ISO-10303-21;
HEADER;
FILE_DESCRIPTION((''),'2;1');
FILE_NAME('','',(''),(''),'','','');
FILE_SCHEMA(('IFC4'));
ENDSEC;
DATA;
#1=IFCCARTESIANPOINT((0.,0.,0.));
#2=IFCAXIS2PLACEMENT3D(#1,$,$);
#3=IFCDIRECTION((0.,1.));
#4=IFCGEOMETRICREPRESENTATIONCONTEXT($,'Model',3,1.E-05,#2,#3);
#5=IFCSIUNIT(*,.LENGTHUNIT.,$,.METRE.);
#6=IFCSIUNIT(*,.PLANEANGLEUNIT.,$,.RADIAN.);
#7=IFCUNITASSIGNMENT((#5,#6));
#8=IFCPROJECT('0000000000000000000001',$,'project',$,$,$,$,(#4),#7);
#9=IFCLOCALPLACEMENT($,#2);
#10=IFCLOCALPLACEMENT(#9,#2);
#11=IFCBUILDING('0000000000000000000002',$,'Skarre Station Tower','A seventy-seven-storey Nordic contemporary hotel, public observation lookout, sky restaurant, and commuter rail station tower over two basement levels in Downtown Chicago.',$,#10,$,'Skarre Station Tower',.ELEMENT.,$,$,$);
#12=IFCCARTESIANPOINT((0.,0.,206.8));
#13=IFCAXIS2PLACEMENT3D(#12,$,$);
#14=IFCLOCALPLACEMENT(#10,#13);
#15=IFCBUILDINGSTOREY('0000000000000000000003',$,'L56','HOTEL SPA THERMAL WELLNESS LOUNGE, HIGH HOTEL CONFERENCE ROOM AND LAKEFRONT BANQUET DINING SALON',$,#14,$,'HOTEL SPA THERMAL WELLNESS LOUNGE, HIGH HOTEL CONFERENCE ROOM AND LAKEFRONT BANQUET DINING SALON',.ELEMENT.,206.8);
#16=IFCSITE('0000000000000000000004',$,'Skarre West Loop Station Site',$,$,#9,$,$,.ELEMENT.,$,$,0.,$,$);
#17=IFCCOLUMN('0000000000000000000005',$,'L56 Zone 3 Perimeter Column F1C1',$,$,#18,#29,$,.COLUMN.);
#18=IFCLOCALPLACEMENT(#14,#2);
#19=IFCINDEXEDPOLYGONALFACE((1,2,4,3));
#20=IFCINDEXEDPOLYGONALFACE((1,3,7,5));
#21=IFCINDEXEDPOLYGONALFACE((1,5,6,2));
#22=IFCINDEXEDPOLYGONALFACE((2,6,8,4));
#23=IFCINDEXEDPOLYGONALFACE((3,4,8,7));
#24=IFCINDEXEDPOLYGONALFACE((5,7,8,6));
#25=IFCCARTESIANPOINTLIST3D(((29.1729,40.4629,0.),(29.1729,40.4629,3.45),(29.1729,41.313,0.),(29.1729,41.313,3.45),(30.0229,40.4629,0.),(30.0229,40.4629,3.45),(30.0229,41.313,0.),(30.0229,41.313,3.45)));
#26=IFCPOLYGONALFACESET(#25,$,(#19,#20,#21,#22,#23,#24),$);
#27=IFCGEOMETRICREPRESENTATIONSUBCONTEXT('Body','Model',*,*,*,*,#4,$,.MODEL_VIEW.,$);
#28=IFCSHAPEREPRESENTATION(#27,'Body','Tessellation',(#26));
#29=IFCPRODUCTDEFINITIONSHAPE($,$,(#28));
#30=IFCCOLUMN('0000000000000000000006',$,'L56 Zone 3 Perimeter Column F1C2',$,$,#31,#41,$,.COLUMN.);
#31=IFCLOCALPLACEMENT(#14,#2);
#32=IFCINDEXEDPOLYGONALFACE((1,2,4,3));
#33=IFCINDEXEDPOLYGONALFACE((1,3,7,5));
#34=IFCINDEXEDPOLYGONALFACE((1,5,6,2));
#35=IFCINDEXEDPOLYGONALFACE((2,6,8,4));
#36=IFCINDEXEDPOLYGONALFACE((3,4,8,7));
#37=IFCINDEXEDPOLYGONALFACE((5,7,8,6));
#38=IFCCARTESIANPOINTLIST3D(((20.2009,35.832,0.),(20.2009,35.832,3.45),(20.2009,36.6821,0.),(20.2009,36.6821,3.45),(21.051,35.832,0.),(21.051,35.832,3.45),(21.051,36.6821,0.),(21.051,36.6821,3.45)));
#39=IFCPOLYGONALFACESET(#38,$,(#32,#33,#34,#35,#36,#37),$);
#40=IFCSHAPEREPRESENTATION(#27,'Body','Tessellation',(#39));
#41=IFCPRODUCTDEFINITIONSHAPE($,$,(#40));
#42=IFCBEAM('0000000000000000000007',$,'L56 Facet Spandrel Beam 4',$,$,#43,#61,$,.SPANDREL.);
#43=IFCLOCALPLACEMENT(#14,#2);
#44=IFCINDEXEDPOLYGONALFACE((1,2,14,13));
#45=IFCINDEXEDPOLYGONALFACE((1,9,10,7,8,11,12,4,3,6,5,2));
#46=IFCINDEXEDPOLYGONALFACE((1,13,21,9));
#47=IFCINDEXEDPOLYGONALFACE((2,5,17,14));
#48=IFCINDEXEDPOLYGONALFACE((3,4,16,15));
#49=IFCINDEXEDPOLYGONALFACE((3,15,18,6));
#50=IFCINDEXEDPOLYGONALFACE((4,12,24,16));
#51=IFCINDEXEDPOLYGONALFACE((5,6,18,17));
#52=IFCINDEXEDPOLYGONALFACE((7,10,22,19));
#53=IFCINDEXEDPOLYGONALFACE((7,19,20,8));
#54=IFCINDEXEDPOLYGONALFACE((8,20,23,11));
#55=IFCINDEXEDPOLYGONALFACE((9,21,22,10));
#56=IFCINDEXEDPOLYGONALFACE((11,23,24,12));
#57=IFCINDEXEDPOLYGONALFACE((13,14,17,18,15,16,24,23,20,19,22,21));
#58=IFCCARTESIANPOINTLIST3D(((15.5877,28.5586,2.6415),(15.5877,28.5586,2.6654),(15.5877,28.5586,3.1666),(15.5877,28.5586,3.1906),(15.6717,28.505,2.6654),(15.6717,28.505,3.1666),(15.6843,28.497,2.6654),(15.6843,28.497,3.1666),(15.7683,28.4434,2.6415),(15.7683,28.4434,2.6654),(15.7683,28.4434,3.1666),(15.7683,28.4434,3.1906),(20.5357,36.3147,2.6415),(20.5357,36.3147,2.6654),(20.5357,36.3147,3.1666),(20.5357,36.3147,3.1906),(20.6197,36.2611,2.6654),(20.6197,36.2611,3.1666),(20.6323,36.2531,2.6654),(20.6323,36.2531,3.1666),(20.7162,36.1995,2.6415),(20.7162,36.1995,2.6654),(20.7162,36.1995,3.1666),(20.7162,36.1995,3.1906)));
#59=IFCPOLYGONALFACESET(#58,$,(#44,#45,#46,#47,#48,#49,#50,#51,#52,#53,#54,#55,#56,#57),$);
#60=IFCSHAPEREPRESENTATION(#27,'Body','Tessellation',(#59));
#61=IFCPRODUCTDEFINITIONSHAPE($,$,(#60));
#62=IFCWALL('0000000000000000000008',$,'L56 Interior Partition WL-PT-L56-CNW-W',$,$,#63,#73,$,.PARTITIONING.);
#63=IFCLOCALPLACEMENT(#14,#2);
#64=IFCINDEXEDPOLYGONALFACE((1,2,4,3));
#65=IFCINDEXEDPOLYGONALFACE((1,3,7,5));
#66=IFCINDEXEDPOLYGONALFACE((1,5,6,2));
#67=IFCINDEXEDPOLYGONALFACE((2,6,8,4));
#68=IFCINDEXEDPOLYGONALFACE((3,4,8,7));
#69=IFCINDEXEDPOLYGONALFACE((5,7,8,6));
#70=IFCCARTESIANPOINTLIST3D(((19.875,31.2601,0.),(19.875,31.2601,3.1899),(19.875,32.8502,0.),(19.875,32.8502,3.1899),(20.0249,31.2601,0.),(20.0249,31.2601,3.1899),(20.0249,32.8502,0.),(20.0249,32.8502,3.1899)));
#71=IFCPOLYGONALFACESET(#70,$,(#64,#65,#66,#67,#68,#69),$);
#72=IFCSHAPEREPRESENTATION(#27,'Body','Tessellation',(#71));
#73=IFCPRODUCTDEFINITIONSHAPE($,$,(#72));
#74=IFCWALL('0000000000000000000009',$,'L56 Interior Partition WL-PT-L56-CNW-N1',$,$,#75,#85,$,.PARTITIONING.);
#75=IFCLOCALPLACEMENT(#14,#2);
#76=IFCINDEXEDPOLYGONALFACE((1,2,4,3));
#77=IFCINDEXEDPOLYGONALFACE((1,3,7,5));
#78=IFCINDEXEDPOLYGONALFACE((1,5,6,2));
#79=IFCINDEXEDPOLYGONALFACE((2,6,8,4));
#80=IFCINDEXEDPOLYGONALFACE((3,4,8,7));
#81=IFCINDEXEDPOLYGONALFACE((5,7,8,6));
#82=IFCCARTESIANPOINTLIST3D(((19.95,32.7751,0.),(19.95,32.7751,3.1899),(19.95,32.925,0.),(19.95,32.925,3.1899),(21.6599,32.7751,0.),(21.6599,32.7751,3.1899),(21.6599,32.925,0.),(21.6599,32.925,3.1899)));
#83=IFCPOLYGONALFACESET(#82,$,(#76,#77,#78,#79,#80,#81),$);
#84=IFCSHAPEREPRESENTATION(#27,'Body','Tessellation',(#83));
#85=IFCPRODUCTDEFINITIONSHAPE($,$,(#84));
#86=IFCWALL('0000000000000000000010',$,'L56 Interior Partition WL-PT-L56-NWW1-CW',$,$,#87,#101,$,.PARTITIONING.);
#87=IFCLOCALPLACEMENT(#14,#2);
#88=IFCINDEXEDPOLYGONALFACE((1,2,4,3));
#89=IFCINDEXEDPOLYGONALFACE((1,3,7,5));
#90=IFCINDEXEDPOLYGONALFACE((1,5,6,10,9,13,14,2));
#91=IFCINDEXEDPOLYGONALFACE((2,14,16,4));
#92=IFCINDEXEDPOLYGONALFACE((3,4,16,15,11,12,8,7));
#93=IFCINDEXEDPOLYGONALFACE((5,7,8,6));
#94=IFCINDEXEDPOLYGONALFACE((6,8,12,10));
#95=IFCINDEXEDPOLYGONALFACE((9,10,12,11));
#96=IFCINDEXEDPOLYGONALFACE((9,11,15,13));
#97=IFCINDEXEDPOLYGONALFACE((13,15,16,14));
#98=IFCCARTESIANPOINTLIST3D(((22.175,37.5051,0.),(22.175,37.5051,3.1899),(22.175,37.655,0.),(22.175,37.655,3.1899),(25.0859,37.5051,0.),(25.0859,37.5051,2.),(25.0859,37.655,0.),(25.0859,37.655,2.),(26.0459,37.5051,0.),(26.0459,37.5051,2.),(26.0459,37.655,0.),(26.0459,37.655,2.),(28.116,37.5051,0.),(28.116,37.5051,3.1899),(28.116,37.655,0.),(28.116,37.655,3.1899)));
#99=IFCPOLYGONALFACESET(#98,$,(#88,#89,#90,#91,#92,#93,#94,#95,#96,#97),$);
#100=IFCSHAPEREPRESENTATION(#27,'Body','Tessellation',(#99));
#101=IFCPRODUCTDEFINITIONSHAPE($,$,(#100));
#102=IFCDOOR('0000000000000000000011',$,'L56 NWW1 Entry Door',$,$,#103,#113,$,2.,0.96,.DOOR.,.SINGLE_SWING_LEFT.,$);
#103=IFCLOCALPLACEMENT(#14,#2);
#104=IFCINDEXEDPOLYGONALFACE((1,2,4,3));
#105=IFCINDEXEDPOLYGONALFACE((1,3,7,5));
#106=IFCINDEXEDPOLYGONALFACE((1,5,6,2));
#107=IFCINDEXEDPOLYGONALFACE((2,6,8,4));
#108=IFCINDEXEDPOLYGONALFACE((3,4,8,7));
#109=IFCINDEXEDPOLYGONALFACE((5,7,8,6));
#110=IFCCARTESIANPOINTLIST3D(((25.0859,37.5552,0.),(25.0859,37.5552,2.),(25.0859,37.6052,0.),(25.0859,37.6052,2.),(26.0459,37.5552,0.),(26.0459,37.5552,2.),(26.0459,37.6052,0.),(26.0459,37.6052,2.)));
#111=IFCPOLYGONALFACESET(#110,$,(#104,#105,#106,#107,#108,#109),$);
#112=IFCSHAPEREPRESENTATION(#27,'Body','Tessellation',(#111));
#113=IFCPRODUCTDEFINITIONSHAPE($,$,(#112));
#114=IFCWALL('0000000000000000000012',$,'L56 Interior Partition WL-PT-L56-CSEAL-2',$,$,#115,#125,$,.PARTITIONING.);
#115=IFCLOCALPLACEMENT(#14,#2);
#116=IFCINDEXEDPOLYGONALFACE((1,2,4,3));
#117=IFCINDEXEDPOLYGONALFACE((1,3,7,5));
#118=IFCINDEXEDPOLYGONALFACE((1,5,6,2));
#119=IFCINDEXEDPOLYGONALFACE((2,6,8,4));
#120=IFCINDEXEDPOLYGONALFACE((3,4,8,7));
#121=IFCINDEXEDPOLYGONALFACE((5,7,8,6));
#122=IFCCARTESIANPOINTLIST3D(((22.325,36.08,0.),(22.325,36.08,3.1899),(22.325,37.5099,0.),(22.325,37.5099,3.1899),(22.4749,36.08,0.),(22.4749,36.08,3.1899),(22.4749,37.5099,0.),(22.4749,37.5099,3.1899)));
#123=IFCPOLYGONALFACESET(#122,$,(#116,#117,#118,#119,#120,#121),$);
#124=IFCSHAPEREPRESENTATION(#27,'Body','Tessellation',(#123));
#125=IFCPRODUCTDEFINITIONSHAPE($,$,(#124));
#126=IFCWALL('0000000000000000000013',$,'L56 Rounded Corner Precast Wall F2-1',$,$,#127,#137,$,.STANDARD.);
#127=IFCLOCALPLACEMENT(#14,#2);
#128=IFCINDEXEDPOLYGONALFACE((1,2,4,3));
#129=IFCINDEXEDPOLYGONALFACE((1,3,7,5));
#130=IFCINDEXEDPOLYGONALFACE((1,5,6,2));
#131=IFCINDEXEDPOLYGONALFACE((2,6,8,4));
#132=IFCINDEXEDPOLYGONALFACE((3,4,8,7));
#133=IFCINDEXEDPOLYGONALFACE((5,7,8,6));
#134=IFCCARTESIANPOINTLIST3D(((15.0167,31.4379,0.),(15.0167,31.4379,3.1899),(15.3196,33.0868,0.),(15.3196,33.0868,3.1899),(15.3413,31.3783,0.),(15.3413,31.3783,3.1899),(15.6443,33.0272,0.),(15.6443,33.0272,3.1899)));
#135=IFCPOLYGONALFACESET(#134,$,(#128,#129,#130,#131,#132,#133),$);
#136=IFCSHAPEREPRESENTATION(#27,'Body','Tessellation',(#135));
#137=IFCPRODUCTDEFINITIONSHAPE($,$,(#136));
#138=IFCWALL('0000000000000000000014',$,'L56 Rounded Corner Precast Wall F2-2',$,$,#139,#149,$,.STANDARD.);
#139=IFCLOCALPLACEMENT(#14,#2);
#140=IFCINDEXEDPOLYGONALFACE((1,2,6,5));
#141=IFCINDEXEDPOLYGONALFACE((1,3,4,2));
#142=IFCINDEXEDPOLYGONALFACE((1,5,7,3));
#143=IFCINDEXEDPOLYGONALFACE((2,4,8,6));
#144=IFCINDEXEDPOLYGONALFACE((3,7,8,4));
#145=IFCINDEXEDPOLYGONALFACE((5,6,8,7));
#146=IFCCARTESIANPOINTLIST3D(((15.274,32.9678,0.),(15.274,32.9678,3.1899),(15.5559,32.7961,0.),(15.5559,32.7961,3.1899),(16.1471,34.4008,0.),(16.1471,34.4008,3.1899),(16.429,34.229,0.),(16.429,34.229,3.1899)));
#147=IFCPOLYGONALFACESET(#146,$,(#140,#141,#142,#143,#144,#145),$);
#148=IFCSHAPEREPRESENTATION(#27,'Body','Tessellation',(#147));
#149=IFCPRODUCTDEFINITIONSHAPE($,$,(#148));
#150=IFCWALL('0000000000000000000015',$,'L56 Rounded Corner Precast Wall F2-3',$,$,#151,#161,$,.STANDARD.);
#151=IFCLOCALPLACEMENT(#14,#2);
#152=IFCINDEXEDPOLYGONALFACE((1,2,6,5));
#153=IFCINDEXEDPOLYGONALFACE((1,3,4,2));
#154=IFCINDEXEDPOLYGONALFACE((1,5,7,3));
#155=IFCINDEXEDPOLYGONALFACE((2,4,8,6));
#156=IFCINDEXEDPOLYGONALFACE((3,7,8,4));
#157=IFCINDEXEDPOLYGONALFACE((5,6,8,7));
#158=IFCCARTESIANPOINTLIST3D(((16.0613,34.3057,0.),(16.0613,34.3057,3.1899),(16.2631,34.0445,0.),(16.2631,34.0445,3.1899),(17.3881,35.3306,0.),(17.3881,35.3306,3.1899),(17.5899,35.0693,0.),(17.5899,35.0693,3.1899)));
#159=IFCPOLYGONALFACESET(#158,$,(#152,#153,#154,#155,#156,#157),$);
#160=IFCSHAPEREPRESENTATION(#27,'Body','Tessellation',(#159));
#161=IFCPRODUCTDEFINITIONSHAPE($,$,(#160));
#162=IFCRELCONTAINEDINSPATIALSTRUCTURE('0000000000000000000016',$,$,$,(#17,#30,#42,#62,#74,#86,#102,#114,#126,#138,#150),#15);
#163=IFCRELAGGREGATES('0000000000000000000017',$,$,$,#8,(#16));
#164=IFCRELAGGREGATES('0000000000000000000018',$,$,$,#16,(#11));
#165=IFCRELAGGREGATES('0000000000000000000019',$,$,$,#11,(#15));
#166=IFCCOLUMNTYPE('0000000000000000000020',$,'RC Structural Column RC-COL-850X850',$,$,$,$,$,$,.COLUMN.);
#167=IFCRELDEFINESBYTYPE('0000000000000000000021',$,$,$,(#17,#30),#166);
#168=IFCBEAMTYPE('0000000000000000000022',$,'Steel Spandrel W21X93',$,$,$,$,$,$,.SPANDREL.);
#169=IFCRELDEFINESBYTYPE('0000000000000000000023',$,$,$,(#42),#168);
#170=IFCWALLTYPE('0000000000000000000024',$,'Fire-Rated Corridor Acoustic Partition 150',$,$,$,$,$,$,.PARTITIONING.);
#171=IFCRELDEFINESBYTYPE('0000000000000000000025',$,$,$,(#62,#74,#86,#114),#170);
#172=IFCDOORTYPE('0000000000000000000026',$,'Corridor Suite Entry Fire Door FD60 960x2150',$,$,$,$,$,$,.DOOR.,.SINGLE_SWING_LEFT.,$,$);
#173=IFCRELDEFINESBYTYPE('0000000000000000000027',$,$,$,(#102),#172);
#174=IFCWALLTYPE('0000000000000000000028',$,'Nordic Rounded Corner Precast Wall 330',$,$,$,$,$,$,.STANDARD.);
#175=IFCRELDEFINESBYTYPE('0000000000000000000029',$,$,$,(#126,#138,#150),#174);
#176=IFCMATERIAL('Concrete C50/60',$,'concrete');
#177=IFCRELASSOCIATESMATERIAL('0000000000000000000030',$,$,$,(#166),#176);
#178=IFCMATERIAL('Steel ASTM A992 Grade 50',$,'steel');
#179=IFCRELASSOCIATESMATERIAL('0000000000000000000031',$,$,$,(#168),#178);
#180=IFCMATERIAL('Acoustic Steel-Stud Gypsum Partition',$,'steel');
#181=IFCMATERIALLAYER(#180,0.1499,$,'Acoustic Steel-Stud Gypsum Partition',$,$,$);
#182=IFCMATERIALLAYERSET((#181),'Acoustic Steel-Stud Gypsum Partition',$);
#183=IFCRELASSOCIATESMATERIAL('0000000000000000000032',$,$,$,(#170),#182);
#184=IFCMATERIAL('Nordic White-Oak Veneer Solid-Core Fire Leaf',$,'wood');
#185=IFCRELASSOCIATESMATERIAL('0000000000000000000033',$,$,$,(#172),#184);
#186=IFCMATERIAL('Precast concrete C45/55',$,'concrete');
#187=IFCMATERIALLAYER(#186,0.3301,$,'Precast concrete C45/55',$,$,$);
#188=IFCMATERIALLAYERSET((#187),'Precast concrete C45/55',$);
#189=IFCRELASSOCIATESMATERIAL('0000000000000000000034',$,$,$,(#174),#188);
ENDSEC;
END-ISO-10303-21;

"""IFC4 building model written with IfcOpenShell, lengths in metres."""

from ifc_helpers import new_model, si_unit, direction, frame, frame_2d, origin, origin_2d, place, context, subcontext, project, spatial, rectangle, i_section, extrude, material, layer, layer_set, material_profile, profile_set, type_object, element, fill, save


model = new_model("IFC4")

# Units and contexts
model_context = context("Model", 3, precision=1e-05, world=origin(), true_north=direction((0.0, 1.0)))
body_context = subcontext(model_context, "Body", "Model", "MODEL_VIEW")
ifc_project = project(units=[si_unit("LENGTHUNIT", "METRE"), si_unit("PLANEANGLEUNIT", "RADIAN")], contexts=[model_context])

# Site, building, storey
site_placement = place(None, origin())
site = spatial("IfcSite", under=ifc_project, at=site_placement, Name="Skarre West Loop Station Site", CompositionType="ELEMENT", RefElevation=0.0)
building_placement = place(site_placement, origin())
building = spatial("IfcBuilding", under=site, at=building_placement, Name="Skarre Station Tower", Description="A seventy-seven-storey Nordic contemporary hotel, public observation lookout, sky restaurant, and commuter rail station tower over two basement levels in Downtown Chicago.", LongName="Skarre Station Tower", CompositionType="ELEMENT")
storey_placement = place(building_placement, frame((0.0, 0.0, 206.8)))
storey = spatial("IfcBuildingStorey", under=building, at=storey_placement, Name="L56", Description="HOTEL SPA THERMAL WELLNESS LOUNGE, HIGH HOTEL CONFERENCE ROOM AND LAKEFRONT BANQUET DINING SALON", LongName="HOTEL SPA THERMAL WELLNESS LOUNGE, HIGH HOTEL CONFERENCE ROOM AND LAKEFRONT BANQUET DINING SALON", CompositionType="ELEMENT", Elevation=206.8)

# Columns
ifc_material_1 = material(Name="Concrete C50/60", Category="concrete")
ifc_material_profile_1 = material_profile(ifc_material_1, rectangle(XDim=0.8501, YDim=0.8501, at=origin_2d()), Name="Concrete C50/60")
ifc_profile_set_1 = profile_set([ifc_material_profile_1], Name="Concrete C50/60")
column_type = type_object("IfcColumnType", Name="RC Structural Column RC-COL-850X850", PredefinedType="COLUMN", material=ifc_profile_set_1)
for number, where, z_axis, x_axis, name in (
    (1, (29.5979, 40.8879, 0.0), (0.0, 0.0, 1.0), (1.0, 0.0, 0.0), "L56 Zone 3 Perimeter Column F1C1"),
    (2, (20.626, 36.2571, 0.0), (0.0, 0.0, 1.0), (1.0, 0.0, 0.0), "L56 Zone 3 Perimeter Column F1C2"),
):
    element("IfcColumn", number, at=place(storey_placement, frame(where, z_axis=z_axis, x_axis=x_axis)), inside=storey, type_object=column_type, Name=name, PredefinedType="COLUMN", context=body_context, shape_type="SweptSolid", body=[
        extrude(rectangle(XDim=0.8501, YDim=0.8501, at=origin_2d()), origin(), (0.0, 0.0, 1.0), 3.45),
    ])

# Beam
ifc_material_2 = material(Name="Steel ASTM A992 Grade 50", Category="steel")
ifc_material_profile_2 = material_profile(ifc_material_2, i_section(OverallWidth=0.2141, OverallDepth=0.5491, WebThickness=0.0149, FlangeThickness=0.0239, at=origin_2d()), Name="Steel ASTM A992 Grade 50")
ifc_profile_set_2 = profile_set([ifc_material_profile_2], Name="Steel ASTM A992 Grade 50")
beam_type = type_object("IfcBeamType", Name="Steel Spandrel W21X93", PredefinedType="SPANDREL", material=ifc_profile_set_2)
beam_placement = place(storey_placement, frame((20.626, 36.2571, 2.916), z_axis=(-0.537826, -0.843056, 0.0), x_axis=(0.843056, -0.537826, 0.0)))
element("IfcBeam", 3, at=beam_placement, inside=storey, type_object=beam_type, Name="L56 Facet Spandrel Beam 4", PredefinedType="SPANDREL", context=body_context, shape_type="SweptSolid", body=[
    extrude(i_section(OverallWidth=0.2141, OverallDepth=0.5491, WebThickness=0.0149, FlangeThickness=0.0239, at=origin_2d()), origin(), (0.0, 0.0, 1.0), 9.2),
])

# Walls
ifc_material_3 = material(Name="Acoustic Steel-Stud Gypsum Partition", Category="steel")
ifc_layer_1 = layer(ifc_material_3, 0.1499, Name="Acoustic Steel-Stud Gypsum Partition")
ifc_layer_set_1 = layer_set([ifc_layer_1], Name="Acoustic Steel-Stud Gypsum Partition")
wall_type_1 = type_object("IfcWallType", Name="Fire-Rated Corridor Acoustic Partition 150", PredefinedType="PARTITIONING", material=ifc_layer_set_1)
wall_1_placement = place(storey_placement, frame((19.95, 32.8501, 0.0), z_axis=(0.0, 0.0, 1.0), x_axis=(0.0, -1.0, 0.0)))
element("IfcWall", 4, at=wall_1_placement, inside=storey, type_object=wall_type_1, Name="L56 Interior Partition WL-PT-L56-CNW-W", PredefinedType="PARTITIONING", context=body_context, shape_type="SweptSolid", body=[
    extrude(rectangle(XDim=1.5901, YDim=0.1499, at=frame_2d((0.7949, 0.0))), origin(), (0.0, 0.0, 1.0), 3.1899),
])
wall_2_placement = place(storey_placement, frame((21.6599, 32.8501, 0.0), z_axis=(0.0, 0.0, 1.0), x_axis=(-1.0, 0.0, 0.0)))
element("IfcWall", 5, at=wall_2_placement, inside=storey, type_object=wall_type_1, Name="L56 Interior Partition WL-PT-L56-CNW-N1", PredefinedType="PARTITIONING", context=body_context, shape_type="SweptSolid", body=[
    extrude(rectangle(XDim=1.71, YDim=0.1499, at=frame_2d((0.855, 0.0))), origin(), (0.0, 0.0, 1.0), 3.1899),
])

# Wall, opening, door
wall_3_placement = place(storey_placement, frame((28.116, 37.5801, 0.0), z_axis=(0.0, 0.0, 1.0), x_axis=(-1.0, 0.0, 0.0)))
wall_3 = element("IfcWall", 6, at=wall_3_placement, inside=storey, type_object=wall_type_1, Name="L56 Interior Partition WL-PT-L56-NWW1-CW", PredefinedType="PARTITIONING", context=body_context, shape_type="SweptSolid", body=[
    extrude(rectangle(XDim=5.9409, YDim=0.1499, at=frame_2d((2.9705, 0.0))), origin(), (0.0, 0.0, 1.0), 3.1899),
])
opening_1_placement = place(wall_3_placement, frame((2.0701, 0.0, 0.0)))
opening_1 = element("IfcOpeningElement", 7, at=opening_1_placement, cuts=wall_3, PredefinedType="OPENING", context=body_context, shape_type="SweptSolid", body=[
    extrude(rectangle(XDim=0.96, YDim=2.0, at=frame_2d((0.48, 1.0))), frame((0.0, 0.085, 0.0), z_axis=(0.0, -1.0, 0.0), x_axis=(1.0, 0.0, 0.0)), (0.0, 0.0, 1.0), 0.1699),
])
ifc_material_4 = material(Name="Nordic White-Oak Veneer Solid-Core Fire Leaf", Category="wood")
door_type_1 = type_object("IfcDoorType", Name="Corridor Suite Entry Fire Door FD60 960x2150", OperationType="SINGLE_SWING_LEFT", PredefinedType="DOOR", material=ifc_material_4)
door_1_placement = place(opening_1_placement, origin())
door_1 = element("IfcDoor", 8, at=door_1_placement, inside=storey, type_object=door_type_1, Name="L56 NWW1 Entry Door", OperationType="SINGLE_SWING_LEFT", OverallHeight=2.0, OverallWidth=0.96, PredefinedType="DOOR", context=body_context, shape_type="SweptSolid", body=[
    extrude(rectangle(XDim=0.96, YDim=2.0, at=frame_2d((0.48, 1.0))), frame((0.0, 0.0249, 0.0), z_axis=(0.0, -1.0, 0.0), x_axis=(1.0, 0.0, 0.0)), (0.0, 0.0, 1.0), 0.05),
])
fill(opening_1, door_1)

# Walls
wall_4_placement = place(storey_placement, frame((22.3999, 36.0801, 0.0), z_axis=(0.0, 0.0, 1.0), x_axis=(0.0, 1.0, 0.0)))
element("IfcWall", 9, at=wall_4_placement, inside=storey, type_object=wall_type_1, Name="L56 Interior Partition WL-PT-L56-CSEAL-2", PredefinedType="PARTITIONING", context=body_context, shape_type="SweptSolid", body=[
    extrude(rectangle(XDim=1.4299, YDim=0.1499, at=frame_2d((0.7148, 0.0))), origin(), (0.0, 0.0, 1.0), 3.1899),
])
ifc_material_5 = material(Name="Precast concrete C45/55", Category="concrete")
ifc_layer_2 = layer(ifc_material_5, 0.3301, Name="Precast concrete C45/55")
ifc_layer_set_2 = layer_set([ifc_layer_2], Name="Precast concrete C45/55")
wall_type_2 = type_object("IfcWallType", Name="Nordic Rounded Corner Precast Wall 330", PredefinedType="STANDARD", material=ifc_layer_set_2)
wall_5_placement = place(storey_placement, frame((15.179, 31.408, 0.0), z_axis=(0.0, 0.0, 1.0), x_axis=(0.180718, 0.983535, 0.0)))
element("IfcWall", 10, at=wall_5_placement, inside=storey, type_object=wall_type_2, Name="L56 Rounded Corner Precast Wall F2-1", PredefinedType="STANDARD", context=body_context, shape_type="SweptSolid", body=[
    extrude(rectangle(XDim=1.6765, YDim=0.3301, at=frame_2d((0.8384, 0.0))), origin(), (0.0, 0.0, 1.0), 3.1899),
])
wall_6_placement = place(storey_placement, frame((15.415, 32.8821, 0.0), z_axis=(0.0, 0.0, 1.0), x_axis=(0.520325, 0.853968, 0.0)))
element("IfcWall", 11, at=wall_6_placement, inside=storey, type_object=wall_type_2, Name="L56 Rounded Corner Precast Wall F2-2", PredefinedType="STANDARD", context=body_context, shape_type="SweptSolid", body=[
    extrude(rectangle(XDim=1.678, YDim=0.3301, at=frame_2d((0.8389, 0.0))), origin(), (0.0, 0.0, 1.0), 3.1899),
])
wall_7_placement = place(storey_placement, frame((16.1621, 34.175, 0.0), z_axis=(0.0, 0.0, 1.0), x_axis=(0.79141, 0.611286, 0.0)))
element("IfcWall", 12, at=wall_7_placement, inside=storey, type_object=wall_type_2, Name="L56 Rounded Corner Precast Wall F2-3", PredefinedType="STANDARD", context=body_context, shape_type="SweptSolid", body=[
    extrude(rectangle(XDim=1.6765, YDim=0.3301, at=frame_2d((0.8384, 0.0))), origin(), (0.0, 0.0, 1.0), 3.1899),
])

save(model, "model.ifc")
